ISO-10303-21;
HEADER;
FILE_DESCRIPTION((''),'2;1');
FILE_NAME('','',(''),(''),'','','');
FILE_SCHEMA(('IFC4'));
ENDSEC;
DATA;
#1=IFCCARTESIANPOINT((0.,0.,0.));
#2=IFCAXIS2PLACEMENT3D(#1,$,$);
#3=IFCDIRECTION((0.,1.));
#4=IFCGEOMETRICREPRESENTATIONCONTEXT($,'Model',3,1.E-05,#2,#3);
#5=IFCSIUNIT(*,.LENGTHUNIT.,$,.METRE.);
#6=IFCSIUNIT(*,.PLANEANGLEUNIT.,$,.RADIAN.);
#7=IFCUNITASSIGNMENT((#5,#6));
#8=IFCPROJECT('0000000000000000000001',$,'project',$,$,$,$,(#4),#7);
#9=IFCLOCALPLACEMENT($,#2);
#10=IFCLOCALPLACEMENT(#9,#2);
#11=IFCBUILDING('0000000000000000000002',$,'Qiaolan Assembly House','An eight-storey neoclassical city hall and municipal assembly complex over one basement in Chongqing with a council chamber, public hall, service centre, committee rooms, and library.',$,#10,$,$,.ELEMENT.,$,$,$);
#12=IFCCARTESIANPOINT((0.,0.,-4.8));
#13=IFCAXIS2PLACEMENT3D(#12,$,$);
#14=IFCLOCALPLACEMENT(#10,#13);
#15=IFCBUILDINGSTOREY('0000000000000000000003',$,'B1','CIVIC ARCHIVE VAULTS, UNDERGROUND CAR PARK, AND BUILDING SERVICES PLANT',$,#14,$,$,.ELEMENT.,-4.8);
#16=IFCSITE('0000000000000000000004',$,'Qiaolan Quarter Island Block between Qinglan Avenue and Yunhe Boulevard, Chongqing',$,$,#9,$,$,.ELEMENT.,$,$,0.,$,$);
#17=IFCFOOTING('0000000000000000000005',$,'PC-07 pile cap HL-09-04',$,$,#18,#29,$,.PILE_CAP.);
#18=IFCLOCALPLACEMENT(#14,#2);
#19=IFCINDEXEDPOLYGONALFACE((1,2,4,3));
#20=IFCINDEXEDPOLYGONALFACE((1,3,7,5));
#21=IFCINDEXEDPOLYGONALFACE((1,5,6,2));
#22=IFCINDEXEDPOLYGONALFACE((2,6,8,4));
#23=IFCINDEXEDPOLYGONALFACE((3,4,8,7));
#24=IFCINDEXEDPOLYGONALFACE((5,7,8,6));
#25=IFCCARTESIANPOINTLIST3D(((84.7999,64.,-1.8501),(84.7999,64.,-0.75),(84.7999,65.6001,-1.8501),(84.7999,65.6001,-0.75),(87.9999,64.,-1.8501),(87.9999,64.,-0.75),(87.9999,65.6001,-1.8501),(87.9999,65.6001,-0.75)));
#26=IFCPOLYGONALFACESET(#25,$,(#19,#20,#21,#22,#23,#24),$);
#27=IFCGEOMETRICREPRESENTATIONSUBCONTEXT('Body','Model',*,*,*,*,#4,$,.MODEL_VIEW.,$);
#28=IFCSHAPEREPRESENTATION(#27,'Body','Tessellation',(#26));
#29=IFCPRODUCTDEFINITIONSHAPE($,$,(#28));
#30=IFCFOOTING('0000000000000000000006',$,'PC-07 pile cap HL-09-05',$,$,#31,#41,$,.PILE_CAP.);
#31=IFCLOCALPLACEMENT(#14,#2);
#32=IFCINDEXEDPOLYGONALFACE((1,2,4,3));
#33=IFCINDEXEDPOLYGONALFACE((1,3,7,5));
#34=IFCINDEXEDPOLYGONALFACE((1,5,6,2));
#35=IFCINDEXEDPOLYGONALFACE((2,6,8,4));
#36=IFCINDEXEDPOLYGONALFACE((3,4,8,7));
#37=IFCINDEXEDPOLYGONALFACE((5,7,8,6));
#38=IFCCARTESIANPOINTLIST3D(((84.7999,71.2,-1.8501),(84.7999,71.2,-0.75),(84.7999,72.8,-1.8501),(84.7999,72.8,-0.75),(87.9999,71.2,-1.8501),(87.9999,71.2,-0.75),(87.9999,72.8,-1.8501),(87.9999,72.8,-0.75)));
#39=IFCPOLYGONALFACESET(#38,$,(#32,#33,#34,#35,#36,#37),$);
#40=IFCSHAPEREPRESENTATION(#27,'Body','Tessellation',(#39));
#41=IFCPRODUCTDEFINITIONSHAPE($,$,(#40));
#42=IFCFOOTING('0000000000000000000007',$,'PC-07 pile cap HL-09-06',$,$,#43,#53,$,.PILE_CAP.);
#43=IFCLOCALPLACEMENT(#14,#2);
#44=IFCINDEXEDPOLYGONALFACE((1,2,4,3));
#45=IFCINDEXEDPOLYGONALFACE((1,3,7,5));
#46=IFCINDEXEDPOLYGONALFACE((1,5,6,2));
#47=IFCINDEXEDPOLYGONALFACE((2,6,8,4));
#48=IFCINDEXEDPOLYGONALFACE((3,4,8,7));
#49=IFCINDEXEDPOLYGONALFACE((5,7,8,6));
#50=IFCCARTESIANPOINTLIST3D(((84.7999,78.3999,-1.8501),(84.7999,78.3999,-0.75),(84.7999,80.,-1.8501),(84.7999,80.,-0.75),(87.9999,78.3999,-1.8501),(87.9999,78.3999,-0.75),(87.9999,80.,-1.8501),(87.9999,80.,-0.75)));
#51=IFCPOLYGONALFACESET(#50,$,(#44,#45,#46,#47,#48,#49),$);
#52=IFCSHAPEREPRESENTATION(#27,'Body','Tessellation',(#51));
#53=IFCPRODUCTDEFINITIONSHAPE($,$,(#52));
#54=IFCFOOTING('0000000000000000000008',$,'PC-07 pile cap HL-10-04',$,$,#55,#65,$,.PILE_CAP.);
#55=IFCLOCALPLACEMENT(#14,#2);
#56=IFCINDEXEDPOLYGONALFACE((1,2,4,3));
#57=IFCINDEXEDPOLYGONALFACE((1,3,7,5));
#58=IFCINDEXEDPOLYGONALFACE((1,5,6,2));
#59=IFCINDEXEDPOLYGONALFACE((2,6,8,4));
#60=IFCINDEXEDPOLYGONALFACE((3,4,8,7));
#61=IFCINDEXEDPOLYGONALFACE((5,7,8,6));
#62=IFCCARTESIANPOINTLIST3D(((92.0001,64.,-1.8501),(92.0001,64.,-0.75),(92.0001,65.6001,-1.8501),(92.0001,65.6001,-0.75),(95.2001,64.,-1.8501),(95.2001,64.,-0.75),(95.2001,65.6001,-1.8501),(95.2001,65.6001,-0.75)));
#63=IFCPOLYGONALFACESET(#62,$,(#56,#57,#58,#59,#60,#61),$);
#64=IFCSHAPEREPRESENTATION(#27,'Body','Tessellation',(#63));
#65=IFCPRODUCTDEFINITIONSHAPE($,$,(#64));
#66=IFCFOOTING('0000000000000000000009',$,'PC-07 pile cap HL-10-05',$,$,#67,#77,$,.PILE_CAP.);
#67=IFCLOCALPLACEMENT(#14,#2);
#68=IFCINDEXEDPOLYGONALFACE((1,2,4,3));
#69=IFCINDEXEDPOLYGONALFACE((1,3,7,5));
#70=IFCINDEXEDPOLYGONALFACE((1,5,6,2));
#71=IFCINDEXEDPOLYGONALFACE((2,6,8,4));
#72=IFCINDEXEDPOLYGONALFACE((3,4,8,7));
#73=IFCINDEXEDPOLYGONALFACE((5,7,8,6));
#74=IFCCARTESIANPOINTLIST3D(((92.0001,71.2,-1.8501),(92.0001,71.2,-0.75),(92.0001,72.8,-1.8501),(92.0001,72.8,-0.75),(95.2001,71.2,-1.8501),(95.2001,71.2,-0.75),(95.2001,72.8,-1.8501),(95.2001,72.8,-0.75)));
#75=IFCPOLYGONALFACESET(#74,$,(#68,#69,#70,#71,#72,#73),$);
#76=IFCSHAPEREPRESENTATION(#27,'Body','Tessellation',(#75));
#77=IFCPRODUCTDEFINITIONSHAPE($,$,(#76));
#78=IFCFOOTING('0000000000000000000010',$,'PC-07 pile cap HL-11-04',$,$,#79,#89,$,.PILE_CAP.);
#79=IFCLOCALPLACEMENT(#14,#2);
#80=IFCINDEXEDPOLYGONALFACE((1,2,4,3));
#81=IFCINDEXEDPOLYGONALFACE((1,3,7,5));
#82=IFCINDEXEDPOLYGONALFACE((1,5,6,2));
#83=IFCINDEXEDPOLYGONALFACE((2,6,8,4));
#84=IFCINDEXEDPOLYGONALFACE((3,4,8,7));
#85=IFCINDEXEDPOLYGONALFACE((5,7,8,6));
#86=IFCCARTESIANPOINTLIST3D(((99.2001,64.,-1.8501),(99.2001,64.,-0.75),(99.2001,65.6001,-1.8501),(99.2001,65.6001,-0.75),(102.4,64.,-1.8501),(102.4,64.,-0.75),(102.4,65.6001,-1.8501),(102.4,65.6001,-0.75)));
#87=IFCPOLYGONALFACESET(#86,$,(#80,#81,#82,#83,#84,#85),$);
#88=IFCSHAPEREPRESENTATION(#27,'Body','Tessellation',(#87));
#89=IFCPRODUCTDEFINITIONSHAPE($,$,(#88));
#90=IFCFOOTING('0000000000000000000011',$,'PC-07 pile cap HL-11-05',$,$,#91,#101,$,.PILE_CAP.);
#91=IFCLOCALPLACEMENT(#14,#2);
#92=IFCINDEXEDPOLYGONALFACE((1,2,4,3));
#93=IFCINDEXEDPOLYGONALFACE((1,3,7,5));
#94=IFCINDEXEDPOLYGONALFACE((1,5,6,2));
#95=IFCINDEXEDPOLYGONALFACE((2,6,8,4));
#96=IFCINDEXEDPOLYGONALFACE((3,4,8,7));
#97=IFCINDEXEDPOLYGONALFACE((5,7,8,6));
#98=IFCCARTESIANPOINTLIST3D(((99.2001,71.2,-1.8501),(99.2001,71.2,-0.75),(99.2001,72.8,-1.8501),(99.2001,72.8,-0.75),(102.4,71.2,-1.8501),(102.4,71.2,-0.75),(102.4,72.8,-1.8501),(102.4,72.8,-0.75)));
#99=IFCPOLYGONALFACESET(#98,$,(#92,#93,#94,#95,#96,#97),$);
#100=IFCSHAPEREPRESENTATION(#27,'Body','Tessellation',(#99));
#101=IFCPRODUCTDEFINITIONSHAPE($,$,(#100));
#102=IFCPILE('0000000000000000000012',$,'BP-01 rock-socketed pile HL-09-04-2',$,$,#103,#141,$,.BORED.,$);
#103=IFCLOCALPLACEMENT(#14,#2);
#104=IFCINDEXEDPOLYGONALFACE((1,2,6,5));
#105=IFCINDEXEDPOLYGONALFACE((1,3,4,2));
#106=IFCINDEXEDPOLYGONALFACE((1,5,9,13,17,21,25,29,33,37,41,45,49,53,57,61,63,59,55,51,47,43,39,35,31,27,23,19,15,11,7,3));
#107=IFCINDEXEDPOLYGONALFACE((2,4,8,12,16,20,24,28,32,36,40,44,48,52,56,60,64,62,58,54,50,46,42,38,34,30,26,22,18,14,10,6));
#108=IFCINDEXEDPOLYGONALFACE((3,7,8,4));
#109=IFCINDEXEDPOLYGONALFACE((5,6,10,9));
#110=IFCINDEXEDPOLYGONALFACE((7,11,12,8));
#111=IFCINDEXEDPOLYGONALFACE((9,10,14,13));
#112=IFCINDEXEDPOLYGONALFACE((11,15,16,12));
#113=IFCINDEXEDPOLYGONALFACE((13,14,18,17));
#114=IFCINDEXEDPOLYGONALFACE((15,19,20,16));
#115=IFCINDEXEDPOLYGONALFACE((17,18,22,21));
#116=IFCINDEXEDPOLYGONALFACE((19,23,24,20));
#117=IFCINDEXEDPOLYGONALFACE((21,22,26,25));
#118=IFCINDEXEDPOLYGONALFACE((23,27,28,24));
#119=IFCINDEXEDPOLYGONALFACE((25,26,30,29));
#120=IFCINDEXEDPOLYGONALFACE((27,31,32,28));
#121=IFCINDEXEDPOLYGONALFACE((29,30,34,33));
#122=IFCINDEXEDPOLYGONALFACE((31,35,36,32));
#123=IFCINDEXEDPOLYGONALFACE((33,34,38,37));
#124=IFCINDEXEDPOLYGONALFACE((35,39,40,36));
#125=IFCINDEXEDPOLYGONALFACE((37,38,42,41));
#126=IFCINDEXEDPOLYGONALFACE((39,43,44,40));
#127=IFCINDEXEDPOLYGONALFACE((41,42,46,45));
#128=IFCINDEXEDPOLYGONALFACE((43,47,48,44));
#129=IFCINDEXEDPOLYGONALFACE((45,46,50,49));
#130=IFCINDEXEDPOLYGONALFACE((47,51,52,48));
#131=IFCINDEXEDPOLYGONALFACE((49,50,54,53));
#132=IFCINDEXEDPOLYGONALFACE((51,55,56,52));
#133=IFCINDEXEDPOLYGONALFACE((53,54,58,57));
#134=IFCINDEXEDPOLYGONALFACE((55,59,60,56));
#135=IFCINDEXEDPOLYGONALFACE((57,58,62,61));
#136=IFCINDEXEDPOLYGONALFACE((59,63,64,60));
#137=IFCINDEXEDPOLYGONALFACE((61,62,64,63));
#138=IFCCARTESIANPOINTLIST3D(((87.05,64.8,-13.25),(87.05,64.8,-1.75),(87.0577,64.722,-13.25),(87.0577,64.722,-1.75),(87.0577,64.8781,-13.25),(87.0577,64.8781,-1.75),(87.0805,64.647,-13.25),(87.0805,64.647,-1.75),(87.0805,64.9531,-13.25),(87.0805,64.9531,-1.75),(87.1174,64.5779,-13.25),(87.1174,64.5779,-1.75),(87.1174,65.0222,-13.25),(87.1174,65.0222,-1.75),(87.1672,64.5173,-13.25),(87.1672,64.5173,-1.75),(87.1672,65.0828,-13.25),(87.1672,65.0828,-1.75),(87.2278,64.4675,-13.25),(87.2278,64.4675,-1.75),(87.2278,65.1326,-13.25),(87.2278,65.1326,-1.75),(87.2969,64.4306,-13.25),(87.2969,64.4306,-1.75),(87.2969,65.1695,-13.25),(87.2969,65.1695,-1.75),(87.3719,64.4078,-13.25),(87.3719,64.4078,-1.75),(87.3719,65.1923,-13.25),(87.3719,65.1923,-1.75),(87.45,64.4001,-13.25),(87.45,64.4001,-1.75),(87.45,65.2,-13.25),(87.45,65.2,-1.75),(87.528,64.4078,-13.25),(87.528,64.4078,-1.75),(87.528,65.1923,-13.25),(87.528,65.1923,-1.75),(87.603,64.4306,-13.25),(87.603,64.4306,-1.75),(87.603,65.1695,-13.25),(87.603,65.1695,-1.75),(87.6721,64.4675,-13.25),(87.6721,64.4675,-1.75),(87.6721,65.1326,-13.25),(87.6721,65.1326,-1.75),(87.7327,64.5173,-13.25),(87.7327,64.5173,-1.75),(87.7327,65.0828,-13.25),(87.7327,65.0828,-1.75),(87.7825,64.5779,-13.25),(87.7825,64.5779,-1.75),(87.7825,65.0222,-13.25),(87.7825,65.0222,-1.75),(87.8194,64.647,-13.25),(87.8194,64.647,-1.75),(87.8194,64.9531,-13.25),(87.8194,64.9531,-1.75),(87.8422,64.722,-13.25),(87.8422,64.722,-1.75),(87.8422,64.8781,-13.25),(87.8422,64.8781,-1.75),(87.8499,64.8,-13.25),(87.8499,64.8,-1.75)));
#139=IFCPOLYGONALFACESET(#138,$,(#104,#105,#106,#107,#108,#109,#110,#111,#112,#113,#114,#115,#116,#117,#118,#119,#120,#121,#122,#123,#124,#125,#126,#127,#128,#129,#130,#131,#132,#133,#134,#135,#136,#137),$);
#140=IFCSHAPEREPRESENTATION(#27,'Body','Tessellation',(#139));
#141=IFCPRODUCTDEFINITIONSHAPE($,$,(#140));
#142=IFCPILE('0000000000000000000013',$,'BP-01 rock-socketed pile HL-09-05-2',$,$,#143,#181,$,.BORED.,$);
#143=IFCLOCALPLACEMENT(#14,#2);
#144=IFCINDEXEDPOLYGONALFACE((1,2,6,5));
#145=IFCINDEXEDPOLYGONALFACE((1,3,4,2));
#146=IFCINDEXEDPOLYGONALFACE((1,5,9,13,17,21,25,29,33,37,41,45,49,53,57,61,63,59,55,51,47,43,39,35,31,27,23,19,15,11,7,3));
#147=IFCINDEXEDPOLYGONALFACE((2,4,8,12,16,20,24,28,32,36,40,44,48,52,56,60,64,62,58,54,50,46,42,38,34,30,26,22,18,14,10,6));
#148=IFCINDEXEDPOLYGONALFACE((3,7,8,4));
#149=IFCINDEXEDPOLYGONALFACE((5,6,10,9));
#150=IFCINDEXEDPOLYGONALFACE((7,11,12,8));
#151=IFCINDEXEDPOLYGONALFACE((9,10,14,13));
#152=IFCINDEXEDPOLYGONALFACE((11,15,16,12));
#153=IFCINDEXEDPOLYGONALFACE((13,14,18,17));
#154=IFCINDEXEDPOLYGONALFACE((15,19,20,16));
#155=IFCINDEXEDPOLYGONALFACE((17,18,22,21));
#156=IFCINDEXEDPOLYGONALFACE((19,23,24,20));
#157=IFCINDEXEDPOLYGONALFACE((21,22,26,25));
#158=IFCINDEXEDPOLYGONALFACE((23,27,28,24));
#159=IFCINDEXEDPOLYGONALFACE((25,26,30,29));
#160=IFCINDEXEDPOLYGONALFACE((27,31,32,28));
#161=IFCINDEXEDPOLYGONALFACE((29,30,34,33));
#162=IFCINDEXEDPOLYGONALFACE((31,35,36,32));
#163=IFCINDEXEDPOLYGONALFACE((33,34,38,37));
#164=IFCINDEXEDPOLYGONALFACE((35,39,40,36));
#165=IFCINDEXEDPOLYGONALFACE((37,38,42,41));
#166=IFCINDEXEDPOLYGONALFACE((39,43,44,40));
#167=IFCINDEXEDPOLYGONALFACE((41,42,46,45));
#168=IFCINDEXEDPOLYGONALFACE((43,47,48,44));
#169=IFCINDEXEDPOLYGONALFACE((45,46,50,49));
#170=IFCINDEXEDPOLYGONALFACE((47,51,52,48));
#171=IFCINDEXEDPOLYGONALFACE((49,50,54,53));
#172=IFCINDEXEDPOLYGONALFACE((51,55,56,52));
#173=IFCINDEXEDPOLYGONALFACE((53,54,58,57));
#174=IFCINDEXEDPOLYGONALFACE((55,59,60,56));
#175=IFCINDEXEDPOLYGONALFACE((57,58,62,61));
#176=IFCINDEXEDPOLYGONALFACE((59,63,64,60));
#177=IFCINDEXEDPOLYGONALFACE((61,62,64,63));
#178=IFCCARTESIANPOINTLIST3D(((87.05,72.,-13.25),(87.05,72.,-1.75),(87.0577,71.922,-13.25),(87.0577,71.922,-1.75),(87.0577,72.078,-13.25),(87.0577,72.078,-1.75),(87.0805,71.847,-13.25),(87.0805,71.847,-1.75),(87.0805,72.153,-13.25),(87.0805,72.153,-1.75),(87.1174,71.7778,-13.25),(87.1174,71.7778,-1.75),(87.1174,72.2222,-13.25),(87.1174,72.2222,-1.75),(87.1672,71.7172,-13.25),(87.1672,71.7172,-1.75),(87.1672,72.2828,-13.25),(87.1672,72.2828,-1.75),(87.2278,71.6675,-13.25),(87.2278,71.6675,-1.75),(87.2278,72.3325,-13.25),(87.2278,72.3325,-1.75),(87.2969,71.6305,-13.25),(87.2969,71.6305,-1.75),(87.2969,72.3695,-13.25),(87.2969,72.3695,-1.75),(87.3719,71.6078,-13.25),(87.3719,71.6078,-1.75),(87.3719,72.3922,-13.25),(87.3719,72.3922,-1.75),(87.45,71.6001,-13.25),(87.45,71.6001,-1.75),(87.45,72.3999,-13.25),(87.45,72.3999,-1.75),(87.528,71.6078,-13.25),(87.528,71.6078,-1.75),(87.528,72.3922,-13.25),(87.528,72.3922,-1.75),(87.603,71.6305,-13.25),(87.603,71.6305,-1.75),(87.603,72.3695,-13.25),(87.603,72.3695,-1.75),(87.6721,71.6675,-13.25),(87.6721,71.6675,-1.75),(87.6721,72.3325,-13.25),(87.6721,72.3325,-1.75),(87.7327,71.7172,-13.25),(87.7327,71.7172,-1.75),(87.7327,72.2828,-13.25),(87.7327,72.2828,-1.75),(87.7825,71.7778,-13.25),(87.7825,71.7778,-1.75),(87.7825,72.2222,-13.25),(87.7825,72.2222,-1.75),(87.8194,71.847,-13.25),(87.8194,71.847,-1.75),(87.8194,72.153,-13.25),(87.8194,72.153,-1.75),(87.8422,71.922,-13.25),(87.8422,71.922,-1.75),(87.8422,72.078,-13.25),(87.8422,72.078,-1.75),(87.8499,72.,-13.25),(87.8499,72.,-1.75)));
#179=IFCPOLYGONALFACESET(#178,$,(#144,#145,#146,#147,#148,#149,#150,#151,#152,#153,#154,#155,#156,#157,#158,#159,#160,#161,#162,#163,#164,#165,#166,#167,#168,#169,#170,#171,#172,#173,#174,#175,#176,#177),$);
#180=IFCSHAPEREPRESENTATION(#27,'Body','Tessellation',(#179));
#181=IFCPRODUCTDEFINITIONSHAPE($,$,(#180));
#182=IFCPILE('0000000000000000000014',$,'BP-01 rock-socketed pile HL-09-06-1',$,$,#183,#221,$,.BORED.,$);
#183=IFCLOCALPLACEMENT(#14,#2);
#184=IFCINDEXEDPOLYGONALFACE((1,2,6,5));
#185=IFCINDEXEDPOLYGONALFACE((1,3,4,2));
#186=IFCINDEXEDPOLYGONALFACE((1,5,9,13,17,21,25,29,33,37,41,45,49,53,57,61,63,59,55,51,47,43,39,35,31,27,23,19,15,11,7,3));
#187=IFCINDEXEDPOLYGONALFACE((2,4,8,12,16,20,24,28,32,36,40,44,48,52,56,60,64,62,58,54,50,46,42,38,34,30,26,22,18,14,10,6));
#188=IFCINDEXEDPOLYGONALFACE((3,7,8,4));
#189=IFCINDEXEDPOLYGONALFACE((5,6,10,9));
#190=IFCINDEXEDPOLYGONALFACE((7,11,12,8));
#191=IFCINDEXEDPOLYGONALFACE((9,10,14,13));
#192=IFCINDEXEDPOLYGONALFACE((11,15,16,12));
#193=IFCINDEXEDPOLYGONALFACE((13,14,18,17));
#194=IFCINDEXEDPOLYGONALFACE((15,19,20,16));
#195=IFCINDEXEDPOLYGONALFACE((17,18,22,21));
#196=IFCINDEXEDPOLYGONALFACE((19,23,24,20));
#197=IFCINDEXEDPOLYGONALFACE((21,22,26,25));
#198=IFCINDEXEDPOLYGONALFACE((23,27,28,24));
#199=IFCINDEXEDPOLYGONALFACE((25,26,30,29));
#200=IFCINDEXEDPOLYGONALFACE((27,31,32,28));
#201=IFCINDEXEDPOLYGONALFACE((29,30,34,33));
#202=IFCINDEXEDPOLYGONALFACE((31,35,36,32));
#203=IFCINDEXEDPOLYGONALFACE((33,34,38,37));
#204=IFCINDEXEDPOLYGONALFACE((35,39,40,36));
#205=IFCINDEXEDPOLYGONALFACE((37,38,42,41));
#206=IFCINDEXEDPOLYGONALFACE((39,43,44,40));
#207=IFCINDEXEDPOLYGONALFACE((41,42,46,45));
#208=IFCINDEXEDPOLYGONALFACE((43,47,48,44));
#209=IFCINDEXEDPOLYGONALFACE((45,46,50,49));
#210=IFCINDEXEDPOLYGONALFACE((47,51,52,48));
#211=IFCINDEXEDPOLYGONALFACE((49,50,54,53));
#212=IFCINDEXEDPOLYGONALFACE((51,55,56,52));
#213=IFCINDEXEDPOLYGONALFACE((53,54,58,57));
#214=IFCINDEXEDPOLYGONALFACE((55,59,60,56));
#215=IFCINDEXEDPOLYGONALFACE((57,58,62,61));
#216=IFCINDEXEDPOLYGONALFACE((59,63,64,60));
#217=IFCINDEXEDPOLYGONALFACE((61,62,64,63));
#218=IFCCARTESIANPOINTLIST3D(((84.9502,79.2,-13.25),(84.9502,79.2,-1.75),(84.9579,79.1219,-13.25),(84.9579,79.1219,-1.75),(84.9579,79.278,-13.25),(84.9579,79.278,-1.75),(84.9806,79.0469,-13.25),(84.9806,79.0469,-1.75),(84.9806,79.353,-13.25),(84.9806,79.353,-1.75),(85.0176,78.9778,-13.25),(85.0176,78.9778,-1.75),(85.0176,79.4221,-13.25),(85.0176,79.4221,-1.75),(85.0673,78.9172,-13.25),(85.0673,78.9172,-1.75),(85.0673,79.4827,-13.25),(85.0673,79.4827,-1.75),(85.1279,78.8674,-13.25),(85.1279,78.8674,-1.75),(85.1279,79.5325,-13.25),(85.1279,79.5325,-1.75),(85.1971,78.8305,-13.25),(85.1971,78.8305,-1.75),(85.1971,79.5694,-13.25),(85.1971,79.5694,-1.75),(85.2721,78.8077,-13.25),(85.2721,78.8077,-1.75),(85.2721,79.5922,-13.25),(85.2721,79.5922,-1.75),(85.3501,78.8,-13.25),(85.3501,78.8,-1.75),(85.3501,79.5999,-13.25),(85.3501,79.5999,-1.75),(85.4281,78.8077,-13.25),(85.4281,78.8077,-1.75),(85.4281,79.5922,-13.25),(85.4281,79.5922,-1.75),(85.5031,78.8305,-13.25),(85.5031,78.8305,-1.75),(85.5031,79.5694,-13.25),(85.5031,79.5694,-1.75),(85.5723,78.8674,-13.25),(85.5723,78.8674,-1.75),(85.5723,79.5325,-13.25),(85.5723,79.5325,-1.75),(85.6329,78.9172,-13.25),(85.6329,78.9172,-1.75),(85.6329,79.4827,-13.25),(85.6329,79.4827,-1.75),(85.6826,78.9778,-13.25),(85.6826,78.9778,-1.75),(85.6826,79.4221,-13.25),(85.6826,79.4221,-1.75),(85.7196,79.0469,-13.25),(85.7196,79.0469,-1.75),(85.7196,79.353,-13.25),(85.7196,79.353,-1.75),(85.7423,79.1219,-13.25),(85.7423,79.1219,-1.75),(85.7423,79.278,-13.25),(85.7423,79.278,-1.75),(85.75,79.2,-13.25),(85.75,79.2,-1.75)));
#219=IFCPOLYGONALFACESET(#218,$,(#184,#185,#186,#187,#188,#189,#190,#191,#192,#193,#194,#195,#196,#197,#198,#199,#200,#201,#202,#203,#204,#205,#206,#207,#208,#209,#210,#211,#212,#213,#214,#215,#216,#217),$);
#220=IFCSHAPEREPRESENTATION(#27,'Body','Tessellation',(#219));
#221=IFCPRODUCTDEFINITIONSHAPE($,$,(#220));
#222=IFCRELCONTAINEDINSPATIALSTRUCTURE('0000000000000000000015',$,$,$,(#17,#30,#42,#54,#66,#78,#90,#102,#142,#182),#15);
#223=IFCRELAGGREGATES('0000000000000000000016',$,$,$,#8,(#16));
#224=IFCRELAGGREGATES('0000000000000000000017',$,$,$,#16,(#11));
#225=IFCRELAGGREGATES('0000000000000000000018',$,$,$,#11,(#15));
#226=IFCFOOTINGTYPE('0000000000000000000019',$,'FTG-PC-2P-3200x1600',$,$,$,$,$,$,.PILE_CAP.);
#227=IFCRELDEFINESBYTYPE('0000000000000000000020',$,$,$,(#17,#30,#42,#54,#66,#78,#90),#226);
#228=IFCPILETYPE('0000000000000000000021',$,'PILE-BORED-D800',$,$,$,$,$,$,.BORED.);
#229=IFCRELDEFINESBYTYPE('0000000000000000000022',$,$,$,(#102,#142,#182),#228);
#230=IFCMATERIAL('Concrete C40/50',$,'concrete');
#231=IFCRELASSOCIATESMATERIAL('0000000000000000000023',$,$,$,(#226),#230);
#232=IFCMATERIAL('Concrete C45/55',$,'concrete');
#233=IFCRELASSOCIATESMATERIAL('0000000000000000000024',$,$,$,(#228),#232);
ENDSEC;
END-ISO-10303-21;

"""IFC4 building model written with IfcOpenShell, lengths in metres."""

from ifc_helpers import new_model, si_unit, direction, frame, origin, origin_2d, place, context, subcontext, project, spatial, rectangle, circle, extrude, material, material_profile, profile_set, type_object, element, save


model = new_model("IFC4")

# Units and contexts
model_context = context("Model", 3, precision=1e-05, world=origin(), true_north=direction((0.0, 1.0)))
body_context = subcontext(model_context, "Body", "Model", "MODEL_VIEW")
ifc_project = project(units=[si_unit("LENGTHUNIT", "METRE"), si_unit("PLANEANGLEUNIT", "RADIAN")], contexts=[model_context])

# Site, building, storey
site_placement = place(None, origin())
site = spatial("IfcSite", under=ifc_project, at=site_placement, Name="Qiaolan Quarter Island Block between Qinglan Avenue and Yunhe Boulevard, Chongqing", CompositionType="ELEMENT", RefElevation=0.0)
building_placement = place(site_placement, origin())
building = spatial("IfcBuilding", under=site, at=building_placement, Name="Qiaolan Assembly House", Description="An eight-storey neoclassical city hall and municipal assembly complex over one basement in Chongqing with a council chamber, public hall, service centre, committee rooms, and library.", CompositionType="ELEMENT")
storey_placement = place(building_placement, frame((0.0, 0.0, -4.8)))
storey = spatial("IfcBuildingStorey", under=building, at=storey_placement, Name="B1", Description="CIVIC ARCHIVE VAULTS, UNDERGROUND CAR PARK, AND BUILDING SERVICES PLANT", CompositionType="ELEMENT", Elevation=-4.8)

# Footings
ifc_material_1 = material(Name="Concrete C40/50", Category="concrete")
footing_type = type_object("IfcFootingType", Name="FTG-PC-2P-3200x1600", PredefinedType="PILE_CAP", material=ifc_material_1)
for number, where, z_axis, x_axis, name in (
    (1, (86.3999, 64.8, -1.8501), (0.0, 0.0, 1.0), (1.0, 0.0, 0.0), "PC-07 pile cap HL-09-04"),
    (2, (86.3999, 72.0, -1.8501), (0.0, 0.0, 1.0), (1.0, 0.0, 0.0), "PC-07 pile cap HL-09-05"),
    (3, (86.3999, 79.2, -1.8501), (0.0, 0.0, 1.0), (1.0, 0.0, 0.0), "PC-07 pile cap HL-09-06"),
    (4, (93.6001, 64.8, -1.8501), (0.0, 0.0, 1.0), (1.0, 0.0, 0.0), "PC-07 pile cap HL-10-04"),
    (5, (93.6001, 72.0, -1.8501), (0.0, 0.0, 1.0), (1.0, 0.0, 0.0), "PC-07 pile cap HL-10-05"),
    (6, (100.8, 64.8, -1.8501), (0.0, 0.0, 1.0), (1.0, 0.0, 0.0), "PC-07 pile cap HL-11-04"),
    (7, (100.8, 72.0, -1.8501), (0.0, 0.0, 1.0), (1.0, 0.0, 0.0), "PC-07 pile cap HL-11-05"),
):
    element("IfcFooting", number, at=place(storey_placement, frame(where, z_axis=z_axis, x_axis=x_axis)), inside=storey, type_object=footing_type, Name=name, PredefinedType="PILE_CAP", context=body_context, shape_type="SweptSolid", body=[
        extrude(rectangle(XDim=3.2, YDim=1.6001, at=origin_2d()), origin(), (0.0, 0.0, 1.0), 1.1001),
    ])

# Piles
ifc_material_2 = material(Name="Concrete C45/55", Category="concrete")
ifc_material_profile_1 = material_profile(ifc_material_2, circle(Radius=0.3999, at=origin_2d()), Name="PILE D800")
ifc_profile_set_1 = profile_set([ifc_material_profile_1], Name="Concrete C45/55")
pile_type = type_object("IfcPileType", Name="PILE-BORED-D800", PredefinedType="BORED", material=ifc_profile_set_1)
for number, where, z_axis, x_axis, name in (
    (8, (87.45, 64.8, -1.75), (0.0, 0.0, -1.0), (1.0, 0.0, 0.0), "BP-01 rock-socketed pile HL-09-04-2"),
    (9, (87.45, 72.0, -1.75), (0.0, 0.0, -1.0), (1.0, 0.0, 0.0), "BP-01 rock-socketed pile HL-09-05-2"),
    (10, (85.3501, 79.2, -1.75), (0.0, 0.0, -1.0), (1.0, 0.0, 0.0), "BP-01 rock-socketed pile HL-09-06-1"),
):
    element("IfcPile", number, at=place(storey_placement, frame(where, z_axis=z_axis, x_axis=x_axis)), inside=storey, type_object=pile_type, Name=name, PredefinedType="BORED", context=body_context, shape_type="SweptSolid", body=[
        extrude(circle(Radius=0.3999, at=origin_2d()), origin(), (0.0, 0.0, 1.0), 11.5),
    ])

save(model, "model.ifc")
